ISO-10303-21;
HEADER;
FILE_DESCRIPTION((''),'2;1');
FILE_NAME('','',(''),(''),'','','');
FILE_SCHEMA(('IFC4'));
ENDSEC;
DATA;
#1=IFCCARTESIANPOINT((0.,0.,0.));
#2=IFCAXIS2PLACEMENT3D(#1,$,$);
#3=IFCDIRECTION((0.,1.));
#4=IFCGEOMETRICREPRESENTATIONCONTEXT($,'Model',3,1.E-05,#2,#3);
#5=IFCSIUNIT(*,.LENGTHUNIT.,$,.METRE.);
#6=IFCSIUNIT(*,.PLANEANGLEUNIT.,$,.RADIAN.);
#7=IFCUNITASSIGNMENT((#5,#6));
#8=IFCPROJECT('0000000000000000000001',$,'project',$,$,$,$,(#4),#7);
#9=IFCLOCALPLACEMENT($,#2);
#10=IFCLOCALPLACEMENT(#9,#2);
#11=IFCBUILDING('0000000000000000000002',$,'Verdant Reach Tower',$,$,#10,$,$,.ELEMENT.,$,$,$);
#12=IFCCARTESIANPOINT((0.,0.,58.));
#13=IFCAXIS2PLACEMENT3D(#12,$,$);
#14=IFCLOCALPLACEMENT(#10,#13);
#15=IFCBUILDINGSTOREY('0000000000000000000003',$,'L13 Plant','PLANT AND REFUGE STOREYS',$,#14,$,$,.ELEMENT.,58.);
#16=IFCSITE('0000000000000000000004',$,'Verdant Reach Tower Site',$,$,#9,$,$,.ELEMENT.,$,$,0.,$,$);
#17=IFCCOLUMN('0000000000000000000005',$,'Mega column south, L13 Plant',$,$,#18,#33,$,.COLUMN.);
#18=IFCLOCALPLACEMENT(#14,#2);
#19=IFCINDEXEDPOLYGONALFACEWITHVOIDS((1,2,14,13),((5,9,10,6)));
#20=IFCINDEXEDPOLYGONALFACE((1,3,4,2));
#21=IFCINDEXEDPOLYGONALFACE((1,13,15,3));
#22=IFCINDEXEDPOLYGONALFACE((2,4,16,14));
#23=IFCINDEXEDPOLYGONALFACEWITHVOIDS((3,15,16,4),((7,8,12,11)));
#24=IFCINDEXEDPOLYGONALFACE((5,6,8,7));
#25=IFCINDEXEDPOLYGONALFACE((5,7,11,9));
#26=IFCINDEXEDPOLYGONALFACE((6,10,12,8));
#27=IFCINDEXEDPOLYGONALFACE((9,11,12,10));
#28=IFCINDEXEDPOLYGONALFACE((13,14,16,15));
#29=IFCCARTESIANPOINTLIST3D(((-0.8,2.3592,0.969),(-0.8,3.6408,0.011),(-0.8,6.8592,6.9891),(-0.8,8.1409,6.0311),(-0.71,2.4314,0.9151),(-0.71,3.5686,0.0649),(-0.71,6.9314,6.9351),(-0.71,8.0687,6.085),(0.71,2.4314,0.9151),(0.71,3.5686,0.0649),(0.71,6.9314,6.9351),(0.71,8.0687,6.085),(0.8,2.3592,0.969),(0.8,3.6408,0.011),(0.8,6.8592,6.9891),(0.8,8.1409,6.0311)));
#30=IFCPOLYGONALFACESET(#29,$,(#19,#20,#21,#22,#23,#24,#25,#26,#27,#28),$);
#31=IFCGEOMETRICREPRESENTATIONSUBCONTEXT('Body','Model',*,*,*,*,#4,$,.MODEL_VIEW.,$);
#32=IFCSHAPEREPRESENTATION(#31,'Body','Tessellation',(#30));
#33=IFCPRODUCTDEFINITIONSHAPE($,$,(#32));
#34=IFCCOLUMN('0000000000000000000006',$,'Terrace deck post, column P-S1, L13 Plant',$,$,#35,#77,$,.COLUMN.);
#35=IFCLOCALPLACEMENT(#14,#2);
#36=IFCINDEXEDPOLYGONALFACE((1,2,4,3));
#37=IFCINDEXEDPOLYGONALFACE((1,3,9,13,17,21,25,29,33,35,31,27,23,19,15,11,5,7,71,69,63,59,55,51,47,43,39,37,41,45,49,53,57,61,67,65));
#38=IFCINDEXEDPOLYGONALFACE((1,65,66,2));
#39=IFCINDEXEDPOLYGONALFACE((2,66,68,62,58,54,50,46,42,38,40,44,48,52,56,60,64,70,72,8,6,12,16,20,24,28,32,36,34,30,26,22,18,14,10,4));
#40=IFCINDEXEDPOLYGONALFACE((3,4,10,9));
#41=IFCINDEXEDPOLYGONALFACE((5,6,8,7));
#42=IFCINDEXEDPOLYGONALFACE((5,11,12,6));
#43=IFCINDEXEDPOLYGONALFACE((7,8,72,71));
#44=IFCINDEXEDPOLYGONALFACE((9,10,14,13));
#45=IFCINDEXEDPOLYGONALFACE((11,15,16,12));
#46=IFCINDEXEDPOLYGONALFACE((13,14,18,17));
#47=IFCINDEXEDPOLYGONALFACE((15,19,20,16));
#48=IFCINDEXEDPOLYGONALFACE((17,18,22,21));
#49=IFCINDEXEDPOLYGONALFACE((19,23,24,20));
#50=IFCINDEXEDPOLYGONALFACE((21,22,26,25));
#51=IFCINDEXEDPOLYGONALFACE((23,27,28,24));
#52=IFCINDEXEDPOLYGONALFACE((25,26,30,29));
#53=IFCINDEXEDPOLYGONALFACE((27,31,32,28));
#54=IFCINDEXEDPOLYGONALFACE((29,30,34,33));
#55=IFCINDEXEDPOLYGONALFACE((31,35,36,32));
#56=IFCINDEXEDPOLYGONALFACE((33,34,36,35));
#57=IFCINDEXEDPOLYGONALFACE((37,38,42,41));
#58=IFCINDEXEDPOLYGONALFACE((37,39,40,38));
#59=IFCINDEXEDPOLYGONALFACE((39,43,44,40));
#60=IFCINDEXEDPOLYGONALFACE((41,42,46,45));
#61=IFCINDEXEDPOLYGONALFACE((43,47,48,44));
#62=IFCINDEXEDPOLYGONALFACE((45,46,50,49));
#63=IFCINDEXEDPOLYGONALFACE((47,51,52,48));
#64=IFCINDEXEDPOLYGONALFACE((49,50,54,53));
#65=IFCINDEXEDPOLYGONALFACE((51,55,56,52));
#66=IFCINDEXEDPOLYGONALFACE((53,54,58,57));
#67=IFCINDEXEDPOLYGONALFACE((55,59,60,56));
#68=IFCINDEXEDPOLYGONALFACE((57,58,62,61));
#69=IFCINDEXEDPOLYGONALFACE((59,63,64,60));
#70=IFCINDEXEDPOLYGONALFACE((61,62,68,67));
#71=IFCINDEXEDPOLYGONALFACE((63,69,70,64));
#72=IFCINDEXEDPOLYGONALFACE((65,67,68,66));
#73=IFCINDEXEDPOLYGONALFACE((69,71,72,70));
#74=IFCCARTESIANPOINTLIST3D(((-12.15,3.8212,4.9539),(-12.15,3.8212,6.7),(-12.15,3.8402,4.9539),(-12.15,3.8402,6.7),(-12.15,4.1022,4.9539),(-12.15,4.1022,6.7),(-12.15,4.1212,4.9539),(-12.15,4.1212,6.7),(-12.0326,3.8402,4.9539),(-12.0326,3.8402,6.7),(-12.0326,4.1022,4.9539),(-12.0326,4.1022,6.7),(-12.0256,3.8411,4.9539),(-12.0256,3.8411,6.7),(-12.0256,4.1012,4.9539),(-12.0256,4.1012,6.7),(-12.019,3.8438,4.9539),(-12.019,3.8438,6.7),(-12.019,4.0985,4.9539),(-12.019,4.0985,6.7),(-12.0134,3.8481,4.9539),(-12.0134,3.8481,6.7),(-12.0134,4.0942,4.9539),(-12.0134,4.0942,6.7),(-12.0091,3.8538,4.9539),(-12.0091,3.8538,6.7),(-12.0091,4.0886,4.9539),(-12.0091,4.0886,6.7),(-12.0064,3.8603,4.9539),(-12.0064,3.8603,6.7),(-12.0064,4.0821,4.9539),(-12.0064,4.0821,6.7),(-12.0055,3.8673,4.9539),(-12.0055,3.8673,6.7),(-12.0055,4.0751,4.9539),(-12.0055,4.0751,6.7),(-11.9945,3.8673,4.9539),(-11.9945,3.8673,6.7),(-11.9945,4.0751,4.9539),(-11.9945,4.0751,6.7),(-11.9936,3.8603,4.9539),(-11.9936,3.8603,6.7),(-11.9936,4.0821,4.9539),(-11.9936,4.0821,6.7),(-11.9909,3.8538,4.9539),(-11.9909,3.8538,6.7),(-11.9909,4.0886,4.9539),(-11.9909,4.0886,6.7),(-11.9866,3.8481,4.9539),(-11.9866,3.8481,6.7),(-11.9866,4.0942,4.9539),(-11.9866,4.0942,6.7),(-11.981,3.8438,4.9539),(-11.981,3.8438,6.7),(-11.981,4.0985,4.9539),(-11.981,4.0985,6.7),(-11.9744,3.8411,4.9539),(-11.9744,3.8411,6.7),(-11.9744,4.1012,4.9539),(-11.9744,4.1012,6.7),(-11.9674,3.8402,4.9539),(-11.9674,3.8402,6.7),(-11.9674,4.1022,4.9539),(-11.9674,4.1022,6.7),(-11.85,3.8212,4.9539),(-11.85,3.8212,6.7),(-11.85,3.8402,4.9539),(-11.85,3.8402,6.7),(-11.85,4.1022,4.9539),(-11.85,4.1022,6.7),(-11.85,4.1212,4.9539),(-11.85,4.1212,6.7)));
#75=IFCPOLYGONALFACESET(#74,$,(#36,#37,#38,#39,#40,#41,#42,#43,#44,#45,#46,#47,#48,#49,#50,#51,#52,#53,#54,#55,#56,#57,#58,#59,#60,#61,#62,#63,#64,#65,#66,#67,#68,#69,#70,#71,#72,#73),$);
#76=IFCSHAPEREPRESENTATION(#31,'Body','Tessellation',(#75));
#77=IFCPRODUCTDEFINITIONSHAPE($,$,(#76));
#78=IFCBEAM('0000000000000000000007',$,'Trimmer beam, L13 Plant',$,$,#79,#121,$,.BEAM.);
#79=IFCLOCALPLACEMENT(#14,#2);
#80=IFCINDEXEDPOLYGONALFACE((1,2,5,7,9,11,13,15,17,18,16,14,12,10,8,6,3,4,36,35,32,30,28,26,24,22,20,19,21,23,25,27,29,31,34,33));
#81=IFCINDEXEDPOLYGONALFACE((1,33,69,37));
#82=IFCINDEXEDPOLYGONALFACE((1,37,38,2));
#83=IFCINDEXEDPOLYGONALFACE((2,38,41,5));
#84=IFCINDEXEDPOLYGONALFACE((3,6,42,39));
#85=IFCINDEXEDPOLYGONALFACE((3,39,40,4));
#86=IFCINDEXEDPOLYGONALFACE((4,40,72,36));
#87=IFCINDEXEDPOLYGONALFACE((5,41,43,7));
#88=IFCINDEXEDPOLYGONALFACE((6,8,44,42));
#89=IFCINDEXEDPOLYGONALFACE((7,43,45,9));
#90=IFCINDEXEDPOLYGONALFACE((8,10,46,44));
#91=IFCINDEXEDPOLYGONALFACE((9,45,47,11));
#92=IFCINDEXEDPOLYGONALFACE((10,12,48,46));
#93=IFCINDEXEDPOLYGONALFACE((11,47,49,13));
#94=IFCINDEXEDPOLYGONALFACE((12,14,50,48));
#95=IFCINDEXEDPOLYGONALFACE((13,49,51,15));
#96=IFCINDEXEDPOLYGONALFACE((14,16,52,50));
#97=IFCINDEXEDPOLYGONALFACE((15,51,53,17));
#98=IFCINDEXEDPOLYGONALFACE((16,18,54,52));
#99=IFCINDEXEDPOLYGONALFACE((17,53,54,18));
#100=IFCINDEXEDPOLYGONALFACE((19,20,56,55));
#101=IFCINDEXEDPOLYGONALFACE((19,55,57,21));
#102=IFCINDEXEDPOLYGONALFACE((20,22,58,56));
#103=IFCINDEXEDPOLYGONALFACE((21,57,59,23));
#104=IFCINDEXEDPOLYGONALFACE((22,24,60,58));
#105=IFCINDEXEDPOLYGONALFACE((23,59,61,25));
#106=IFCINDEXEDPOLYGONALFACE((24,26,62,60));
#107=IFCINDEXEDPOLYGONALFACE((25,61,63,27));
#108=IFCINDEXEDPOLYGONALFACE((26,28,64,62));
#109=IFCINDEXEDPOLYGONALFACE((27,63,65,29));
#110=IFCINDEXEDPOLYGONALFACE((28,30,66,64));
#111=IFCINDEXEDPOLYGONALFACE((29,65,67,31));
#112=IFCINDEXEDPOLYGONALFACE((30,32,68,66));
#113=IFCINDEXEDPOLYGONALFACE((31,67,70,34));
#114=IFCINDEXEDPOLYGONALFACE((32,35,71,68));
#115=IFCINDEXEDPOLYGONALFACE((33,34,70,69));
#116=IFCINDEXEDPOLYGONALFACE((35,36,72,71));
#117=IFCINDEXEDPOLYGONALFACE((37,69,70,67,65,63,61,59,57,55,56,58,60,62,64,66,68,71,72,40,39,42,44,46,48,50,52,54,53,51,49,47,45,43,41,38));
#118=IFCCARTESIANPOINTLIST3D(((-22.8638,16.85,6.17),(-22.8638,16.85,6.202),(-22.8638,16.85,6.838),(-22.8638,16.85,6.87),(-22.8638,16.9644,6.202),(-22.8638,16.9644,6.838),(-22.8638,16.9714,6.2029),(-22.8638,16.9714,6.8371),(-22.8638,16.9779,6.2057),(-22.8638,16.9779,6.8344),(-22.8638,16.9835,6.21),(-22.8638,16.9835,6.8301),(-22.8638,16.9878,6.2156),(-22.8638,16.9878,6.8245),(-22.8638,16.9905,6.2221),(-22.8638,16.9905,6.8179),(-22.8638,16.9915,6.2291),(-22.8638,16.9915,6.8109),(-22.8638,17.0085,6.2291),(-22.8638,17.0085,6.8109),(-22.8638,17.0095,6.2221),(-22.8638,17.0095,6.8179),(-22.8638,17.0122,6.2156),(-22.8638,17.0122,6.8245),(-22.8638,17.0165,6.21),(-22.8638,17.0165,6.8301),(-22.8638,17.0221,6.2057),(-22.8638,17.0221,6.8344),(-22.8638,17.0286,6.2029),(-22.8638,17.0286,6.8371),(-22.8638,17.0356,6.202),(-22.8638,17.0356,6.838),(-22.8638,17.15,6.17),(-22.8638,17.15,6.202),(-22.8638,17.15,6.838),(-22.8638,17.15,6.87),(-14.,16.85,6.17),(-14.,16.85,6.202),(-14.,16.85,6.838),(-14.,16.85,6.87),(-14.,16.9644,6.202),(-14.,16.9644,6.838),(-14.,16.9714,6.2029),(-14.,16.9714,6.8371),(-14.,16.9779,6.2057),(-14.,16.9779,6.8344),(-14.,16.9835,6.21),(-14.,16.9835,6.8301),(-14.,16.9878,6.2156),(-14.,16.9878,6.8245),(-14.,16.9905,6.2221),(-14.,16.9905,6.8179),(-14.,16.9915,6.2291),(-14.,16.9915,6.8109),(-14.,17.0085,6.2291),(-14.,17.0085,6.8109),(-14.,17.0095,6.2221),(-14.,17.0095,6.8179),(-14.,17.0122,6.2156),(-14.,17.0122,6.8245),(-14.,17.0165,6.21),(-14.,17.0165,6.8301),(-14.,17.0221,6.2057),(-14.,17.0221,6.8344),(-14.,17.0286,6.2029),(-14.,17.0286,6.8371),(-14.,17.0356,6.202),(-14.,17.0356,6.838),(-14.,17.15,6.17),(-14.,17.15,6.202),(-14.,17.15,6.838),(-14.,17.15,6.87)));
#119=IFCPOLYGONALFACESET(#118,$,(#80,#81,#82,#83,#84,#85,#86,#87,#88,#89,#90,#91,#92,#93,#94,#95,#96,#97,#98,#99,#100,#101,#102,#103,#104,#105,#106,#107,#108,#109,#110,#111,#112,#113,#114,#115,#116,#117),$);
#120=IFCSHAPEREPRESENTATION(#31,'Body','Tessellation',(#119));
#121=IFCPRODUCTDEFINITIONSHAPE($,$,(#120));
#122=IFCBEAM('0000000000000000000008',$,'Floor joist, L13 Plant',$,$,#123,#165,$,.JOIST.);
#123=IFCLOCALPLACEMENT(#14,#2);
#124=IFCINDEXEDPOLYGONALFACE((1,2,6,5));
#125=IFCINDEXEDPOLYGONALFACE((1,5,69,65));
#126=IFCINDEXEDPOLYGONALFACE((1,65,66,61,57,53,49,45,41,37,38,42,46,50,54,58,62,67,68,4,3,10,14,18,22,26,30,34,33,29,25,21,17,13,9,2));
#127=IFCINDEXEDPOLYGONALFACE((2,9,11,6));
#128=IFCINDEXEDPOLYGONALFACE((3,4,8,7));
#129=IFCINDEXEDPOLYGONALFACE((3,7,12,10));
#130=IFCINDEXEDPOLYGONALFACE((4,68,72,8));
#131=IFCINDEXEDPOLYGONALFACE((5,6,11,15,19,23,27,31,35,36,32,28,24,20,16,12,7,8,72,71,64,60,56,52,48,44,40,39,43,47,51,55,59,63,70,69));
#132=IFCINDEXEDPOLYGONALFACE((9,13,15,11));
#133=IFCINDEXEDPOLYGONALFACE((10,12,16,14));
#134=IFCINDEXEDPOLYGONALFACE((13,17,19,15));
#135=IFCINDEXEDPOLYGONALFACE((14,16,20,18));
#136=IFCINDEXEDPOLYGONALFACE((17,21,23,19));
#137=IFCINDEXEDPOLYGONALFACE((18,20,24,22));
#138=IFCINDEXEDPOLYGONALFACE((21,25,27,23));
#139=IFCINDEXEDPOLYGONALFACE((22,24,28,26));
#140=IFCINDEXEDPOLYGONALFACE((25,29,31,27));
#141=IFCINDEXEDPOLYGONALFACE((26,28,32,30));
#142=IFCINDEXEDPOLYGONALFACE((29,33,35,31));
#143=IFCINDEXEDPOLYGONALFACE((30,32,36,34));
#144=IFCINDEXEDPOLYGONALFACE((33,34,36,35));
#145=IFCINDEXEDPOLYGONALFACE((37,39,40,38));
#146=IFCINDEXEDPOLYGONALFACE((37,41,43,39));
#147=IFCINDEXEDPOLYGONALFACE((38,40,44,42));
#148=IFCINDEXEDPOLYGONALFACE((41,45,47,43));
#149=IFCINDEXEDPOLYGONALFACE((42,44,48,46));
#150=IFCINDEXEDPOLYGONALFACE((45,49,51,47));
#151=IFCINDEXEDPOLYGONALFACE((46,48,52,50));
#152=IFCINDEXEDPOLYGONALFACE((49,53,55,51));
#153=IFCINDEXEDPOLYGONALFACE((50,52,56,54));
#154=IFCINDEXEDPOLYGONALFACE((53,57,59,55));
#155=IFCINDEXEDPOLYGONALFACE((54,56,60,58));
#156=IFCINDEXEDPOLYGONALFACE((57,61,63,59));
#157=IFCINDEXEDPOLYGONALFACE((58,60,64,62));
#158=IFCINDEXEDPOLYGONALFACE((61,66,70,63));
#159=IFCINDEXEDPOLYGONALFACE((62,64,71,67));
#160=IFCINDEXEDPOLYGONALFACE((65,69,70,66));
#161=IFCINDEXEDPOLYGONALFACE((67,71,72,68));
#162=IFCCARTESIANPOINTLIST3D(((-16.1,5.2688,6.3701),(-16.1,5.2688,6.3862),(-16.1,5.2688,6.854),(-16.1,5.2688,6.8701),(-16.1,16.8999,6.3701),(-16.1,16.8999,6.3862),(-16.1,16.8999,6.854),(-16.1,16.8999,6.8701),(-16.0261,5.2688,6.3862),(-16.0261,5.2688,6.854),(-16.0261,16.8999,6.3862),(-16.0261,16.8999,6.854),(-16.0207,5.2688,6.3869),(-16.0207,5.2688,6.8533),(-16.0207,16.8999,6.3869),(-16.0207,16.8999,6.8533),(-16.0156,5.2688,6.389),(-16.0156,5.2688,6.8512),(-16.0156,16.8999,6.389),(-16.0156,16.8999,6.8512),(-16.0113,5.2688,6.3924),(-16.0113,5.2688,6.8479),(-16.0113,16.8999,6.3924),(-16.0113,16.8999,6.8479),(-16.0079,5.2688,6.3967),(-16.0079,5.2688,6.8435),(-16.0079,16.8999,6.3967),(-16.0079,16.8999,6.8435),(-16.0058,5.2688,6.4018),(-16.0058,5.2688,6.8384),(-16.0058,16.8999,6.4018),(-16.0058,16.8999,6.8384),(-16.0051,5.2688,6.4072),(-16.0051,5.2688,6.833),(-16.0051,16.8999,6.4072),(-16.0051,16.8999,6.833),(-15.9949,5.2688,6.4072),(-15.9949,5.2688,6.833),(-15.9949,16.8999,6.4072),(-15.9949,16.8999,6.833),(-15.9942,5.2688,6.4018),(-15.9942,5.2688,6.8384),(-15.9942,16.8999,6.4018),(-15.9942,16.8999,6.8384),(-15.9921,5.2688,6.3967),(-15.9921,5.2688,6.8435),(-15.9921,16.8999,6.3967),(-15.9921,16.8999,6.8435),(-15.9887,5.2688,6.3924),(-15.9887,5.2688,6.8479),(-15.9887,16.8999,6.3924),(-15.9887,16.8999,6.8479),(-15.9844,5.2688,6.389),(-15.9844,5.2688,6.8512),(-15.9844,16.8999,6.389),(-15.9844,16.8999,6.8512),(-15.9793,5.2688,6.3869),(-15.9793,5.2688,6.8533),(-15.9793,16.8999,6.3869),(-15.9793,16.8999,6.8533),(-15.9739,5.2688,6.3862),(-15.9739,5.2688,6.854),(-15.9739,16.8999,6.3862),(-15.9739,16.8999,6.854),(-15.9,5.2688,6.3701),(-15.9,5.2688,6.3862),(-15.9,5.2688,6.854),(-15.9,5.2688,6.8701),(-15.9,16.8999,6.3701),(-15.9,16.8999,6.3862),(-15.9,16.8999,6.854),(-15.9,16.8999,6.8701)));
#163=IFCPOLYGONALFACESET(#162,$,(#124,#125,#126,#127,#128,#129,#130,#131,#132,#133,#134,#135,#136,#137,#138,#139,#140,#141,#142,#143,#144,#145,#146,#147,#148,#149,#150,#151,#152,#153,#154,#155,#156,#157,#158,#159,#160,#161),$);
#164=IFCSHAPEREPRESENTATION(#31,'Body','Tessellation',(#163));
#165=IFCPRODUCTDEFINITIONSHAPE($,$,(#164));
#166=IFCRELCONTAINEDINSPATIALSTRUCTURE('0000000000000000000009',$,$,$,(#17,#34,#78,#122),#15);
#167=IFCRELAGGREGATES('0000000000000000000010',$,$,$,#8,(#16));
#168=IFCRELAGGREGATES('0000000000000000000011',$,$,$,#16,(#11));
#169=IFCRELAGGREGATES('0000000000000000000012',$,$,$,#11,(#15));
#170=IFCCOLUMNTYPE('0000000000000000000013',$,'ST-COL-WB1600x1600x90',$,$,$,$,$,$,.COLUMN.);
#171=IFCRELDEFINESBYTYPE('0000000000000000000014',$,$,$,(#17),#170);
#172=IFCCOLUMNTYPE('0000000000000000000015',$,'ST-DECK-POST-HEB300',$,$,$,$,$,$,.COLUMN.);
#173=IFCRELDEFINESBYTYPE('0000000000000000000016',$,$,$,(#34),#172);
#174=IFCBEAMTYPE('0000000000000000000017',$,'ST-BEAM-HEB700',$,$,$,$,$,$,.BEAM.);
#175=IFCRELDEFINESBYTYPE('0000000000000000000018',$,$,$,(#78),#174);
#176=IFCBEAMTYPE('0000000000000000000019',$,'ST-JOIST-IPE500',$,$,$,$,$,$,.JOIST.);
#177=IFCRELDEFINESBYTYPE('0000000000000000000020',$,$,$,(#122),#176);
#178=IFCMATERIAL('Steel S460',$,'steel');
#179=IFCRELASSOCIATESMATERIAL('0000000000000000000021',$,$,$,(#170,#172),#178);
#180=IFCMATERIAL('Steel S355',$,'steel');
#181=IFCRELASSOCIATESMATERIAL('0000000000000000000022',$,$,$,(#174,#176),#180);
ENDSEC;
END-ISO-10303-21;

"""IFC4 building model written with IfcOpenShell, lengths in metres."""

from ifc_helpers import new_model, si_unit, direction, frame, origin, origin_2d, place, context, subcontext, project, spatial, hollow_rectangle, i_section, extrude, material, material_profile, profile_set, type_object, element, save


model = new_model("IFC4")

# Units and contexts
model_context = context("Model", 3, precision=1e-05, world=origin(), true_north=direction((0.0, 1.0)))
body_context = subcontext(model_context, "Body", "Model", "MODEL_VIEW")
ifc_project = project(units=[si_unit("LENGTHUNIT", "METRE"), si_unit("PLANEANGLEUNIT", "RADIAN")], contexts=[model_context])

# Site, building, storey
site_placement = place(None, origin())
site = spatial("IfcSite", under=ifc_project, at=site_placement, Name="Verdant Reach Tower Site", CompositionType="ELEMENT", RefElevation=0.0)
building_placement = place(site_placement, origin())
building = spatial("IfcBuilding", under=site, at=building_placement, Name="Verdant Reach Tower", CompositionType="ELEMENT")
storey_placement = place(building_placement, frame((0.0, 0.0, 58.0)))
storey = spatial("IfcBuildingStorey", under=building, at=storey_placement, Name="L13 Plant", Description="PLANT AND REFUGE STOREYS", CompositionType="ELEMENT", Elevation=58.0)

# Columns
ifc_material_1 = material(Name="Steel S460", Category="steel")
ifc_material_profile_1 = material_profile(ifc_material_1, hollow_rectangle(XDim=1.6001, YDim=1.6001, WallThickness=0.0901, at=origin_2d()), Name="WB 1600x1600x90")
ifc_profile_set_1 = profile_set([ifc_material_profile_1], Name="Steel S460")
column_type_1 = type_object("IfcColumnType", Name="ST-COL-WB1600x1600x90", PredefinedType="COLUMN", material=ifc_profile_set_1)
column_1_placement = place(storey_placement, frame((0.0, 3.0, 0.49), z_axis=(0.0, 0.598721, 0.800958), x_axis=(-1.0, 0.0, 0.0)))
element("IfcColumn", 1, at=column_1_placement, inside=storey, type_object=column_type_1, Name="Mega column south, L13 Plant", PredefinedType="COLUMN", context=body_context, shape_type="SweptSolid", body=[
    extrude(hollow_rectangle(XDim=1.6001, YDim=1.6001, WallThickness=0.0901, at=origin_2d()), origin(), (0.0, 0.0, 1.0), 7.5161),
])
ifc_material_profile_2 = material_profile(ifc_material_1, i_section(OverallWidth=0.3, OverallDepth=0.3, WebThickness=0.011, FlangeThickness=0.019, FilletRadius=0.0271, at=origin_2d()), Name="HEB 300")
ifc_profile_set_2 = profile_set([ifc_material_profile_2], Name="Steel S460")
column_type_2 = type_object("IfcColumnType", Name="ST-DECK-POST-HEB300", PredefinedType="COLUMN", material=ifc_profile_set_2)
column_2_placement = place(storey_placement, frame((-12.0, 3.9712, 4.9539), z_axis=(0.0, 0.0, 1.0), x_axis=(1.0, 0.0, 0.0)))
element("IfcColumn", 2, at=column_2_placement, inside=storey, type_object=column_type_2, Name="Terrace deck post, column P-S1, L13 Plant", PredefinedType="COLUMN", context=body_context, shape_type="SweptSolid", body=[
    extrude(i_section(OverallWidth=0.3, OverallDepth=0.3, WebThickness=0.011, FlangeThickness=0.019, FilletRadius=0.0271, at=origin_2d()), origin(), (0.0, 0.0, 1.0), 1.7461),
])

# Beams
ifc_material_2 = material(Name="Steel S355", Category="steel")
ifc_material_profile_3 = material_profile(ifc_material_2, i_section(OverallWidth=0.3, OverallDepth=0.7, WebThickness=0.0171, FlangeThickness=0.032, FilletRadius=0.0271, at=origin_2d()), Name="HEB 700")
ifc_profile_set_3 = profile_set([ifc_material_profile_3], Name="Steel S355")
beam_type_1 = type_object("IfcBeamType", Name="ST-BEAM-HEB700", PredefinedType="BEAM", material=ifc_profile_set_3)
beam_1_placement = place(storey_placement, frame((-14.0, 17.0, 6.52), z_axis=(-1.0, 0.0, 0.0), x_axis=(0.0, -1.0, 0.0)))
element("IfcBeam", 3, at=beam_1_placement, inside=storey, type_object=beam_type_1, Name="Trimmer beam, L13 Plant", PredefinedType="BEAM", context=body_context, shape_type="SweptSolid", body=[
    extrude(i_section(OverallWidth=0.3, OverallDepth=0.7, WebThickness=0.0171, FlangeThickness=0.032, FilletRadius=0.0271, at=origin_2d()), origin(), (0.0, 0.0, 1.0), 8.8638),
])
ifc_material_profile_4 = material_profile(ifc_material_2, i_section(OverallWidth=0.2, OverallDepth=0.5, WebThickness=0.0103, FlangeThickness=0.0161, FilletRadius=0.021, at=origin_2d()), Name="IPE 500")
ifc_profile_set_4 = profile_set([ifc_material_profile_4], Name="Steel S355")
beam_type_2 = type_object("IfcBeamType", Name="ST-JOIST-IPE500", PredefinedType="JOIST", material=ifc_profile_set_4)
beam_2_placement = place(storey_placement, frame((-16.0, 16.8999, 6.6201), z_axis=(0.0, -1.0, 0.0), x_axis=(1.0, 0.0, 0.0)))
element("IfcBeam", 4, at=beam_2_placement, inside=storey, type_object=beam_type_2, Name="Floor joist, L13 Plant", PredefinedType="JOIST", context=body_context, shape_type="SweptSolid", body=[
    extrude(i_section(OverallWidth=0.2, OverallDepth=0.5, WebThickness=0.0103, FlangeThickness=0.0161, FilletRadius=0.021, at=origin_2d()), origin(), (0.0, 0.0, 1.0), 11.6311),
])

save(model, "model.ifc")
